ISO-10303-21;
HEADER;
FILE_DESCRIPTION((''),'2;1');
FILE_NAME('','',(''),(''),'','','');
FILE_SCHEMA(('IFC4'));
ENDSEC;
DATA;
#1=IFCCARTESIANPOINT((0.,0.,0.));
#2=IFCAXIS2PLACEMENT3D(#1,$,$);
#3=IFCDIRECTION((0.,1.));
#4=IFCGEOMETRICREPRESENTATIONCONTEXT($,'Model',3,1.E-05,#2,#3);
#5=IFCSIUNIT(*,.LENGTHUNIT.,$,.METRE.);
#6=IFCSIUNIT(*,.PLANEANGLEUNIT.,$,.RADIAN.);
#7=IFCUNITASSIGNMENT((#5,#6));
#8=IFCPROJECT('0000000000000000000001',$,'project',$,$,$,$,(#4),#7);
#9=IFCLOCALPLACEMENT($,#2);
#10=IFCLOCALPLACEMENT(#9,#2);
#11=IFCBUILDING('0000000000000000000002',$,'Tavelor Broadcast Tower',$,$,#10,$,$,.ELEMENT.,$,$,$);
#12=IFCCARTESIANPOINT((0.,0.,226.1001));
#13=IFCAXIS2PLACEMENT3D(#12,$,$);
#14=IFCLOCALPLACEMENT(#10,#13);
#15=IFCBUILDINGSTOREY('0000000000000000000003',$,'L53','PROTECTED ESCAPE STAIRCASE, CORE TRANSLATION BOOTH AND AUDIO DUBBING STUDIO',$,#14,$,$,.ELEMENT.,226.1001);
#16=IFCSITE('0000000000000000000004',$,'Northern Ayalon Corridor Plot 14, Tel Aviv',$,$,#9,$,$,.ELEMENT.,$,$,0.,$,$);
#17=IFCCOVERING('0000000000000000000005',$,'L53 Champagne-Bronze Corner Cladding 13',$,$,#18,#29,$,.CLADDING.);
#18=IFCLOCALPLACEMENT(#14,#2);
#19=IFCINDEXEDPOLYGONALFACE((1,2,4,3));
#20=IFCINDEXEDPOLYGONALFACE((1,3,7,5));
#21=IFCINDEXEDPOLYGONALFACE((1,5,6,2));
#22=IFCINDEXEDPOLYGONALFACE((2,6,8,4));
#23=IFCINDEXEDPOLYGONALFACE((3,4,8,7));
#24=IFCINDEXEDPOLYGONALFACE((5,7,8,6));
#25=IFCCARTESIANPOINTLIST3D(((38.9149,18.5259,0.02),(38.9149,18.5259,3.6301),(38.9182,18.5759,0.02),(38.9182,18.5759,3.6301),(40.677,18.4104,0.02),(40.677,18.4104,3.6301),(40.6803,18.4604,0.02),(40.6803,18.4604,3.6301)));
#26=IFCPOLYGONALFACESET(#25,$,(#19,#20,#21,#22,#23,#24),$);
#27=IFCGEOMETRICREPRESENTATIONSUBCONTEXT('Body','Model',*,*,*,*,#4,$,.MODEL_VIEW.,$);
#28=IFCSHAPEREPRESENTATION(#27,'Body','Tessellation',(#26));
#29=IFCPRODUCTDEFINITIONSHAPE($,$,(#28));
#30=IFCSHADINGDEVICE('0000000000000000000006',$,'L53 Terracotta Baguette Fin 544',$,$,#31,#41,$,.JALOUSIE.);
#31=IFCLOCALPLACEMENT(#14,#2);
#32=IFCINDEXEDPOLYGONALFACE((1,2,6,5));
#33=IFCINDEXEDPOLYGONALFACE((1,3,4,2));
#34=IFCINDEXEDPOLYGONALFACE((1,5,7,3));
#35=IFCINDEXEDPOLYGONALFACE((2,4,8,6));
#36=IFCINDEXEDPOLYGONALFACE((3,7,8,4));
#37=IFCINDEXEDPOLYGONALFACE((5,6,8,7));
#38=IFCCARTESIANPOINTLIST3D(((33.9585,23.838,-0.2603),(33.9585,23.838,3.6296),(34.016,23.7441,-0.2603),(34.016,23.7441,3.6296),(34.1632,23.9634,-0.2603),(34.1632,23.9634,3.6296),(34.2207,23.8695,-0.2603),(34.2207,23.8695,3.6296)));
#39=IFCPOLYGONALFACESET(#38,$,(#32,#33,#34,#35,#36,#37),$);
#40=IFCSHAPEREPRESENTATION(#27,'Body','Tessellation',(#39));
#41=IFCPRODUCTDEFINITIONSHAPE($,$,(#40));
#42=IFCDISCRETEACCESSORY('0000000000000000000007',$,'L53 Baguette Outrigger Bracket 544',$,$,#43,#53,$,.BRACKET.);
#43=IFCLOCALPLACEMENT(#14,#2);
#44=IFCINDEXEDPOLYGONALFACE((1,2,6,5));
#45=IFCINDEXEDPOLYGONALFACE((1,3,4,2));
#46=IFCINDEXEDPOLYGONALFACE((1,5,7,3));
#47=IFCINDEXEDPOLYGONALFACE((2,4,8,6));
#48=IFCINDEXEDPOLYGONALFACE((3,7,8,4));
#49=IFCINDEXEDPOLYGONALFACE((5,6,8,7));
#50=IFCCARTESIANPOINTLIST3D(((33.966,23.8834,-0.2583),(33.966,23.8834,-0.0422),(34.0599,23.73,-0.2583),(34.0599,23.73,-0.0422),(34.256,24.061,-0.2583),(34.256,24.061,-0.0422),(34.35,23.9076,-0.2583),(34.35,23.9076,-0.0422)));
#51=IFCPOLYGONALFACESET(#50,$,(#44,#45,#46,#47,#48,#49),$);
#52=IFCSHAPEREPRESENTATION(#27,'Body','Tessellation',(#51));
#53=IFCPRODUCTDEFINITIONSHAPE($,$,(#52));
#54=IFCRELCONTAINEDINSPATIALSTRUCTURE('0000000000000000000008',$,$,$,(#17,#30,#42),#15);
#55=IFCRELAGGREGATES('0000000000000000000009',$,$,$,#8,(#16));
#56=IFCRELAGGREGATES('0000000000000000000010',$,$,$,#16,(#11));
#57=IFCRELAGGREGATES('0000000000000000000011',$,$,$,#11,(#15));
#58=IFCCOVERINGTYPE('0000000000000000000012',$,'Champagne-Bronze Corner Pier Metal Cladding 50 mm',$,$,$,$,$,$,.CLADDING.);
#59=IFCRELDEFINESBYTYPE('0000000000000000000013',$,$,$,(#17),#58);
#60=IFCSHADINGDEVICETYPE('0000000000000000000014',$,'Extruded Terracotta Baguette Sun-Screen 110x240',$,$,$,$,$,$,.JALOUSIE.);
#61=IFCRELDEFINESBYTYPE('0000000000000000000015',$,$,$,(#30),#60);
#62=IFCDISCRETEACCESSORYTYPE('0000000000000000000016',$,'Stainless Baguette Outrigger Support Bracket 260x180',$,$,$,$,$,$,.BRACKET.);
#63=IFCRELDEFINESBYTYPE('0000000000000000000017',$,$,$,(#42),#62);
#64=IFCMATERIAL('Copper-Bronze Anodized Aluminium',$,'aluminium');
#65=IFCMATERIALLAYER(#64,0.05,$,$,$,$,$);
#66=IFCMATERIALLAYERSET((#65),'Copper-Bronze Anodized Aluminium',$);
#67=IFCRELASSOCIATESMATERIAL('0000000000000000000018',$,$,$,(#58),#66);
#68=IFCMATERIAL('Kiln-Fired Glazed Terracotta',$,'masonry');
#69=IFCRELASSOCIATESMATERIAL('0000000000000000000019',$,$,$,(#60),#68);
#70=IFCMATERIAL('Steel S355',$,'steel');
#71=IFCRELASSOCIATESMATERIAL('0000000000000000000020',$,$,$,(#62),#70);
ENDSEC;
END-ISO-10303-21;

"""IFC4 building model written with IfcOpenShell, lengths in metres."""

from ifc_helpers import new_model, si_unit, direction, frame, origin, origin_2d, place, context, subcontext, project, spatial, rectangle, extrude, source, transform, mapped, material, layer, layer_set, type_object, type_shapes, element, save


model = new_model("IFC4")

# Units and contexts
model_context = context("Model", 3, precision=1e-05, world=origin(), true_north=direction((0.0, 1.0)))
body_context = subcontext(model_context, "Body", "Model", "MODEL_VIEW")
ifc_project = project(units=[si_unit("LENGTHUNIT", "METRE"), si_unit("PLANEANGLEUNIT", "RADIAN")], contexts=[model_context])

# Site, building, storey
site_placement = place(None, origin())
site = spatial("IfcSite", under=ifc_project, at=site_placement, Name="Northern Ayalon Corridor Plot 14, Tel Aviv", CompositionType="ELEMENT", RefElevation=0.0)
building_placement = place(site_placement, origin())
building = spatial("IfcBuilding", under=site, at=building_placement, Name="Tavelor Broadcast Tower", CompositionType="ELEMENT")
storey_placement = place(building_placement, frame((0.0, 0.0, 226.1001)))
storey = spatial("IfcBuildingStorey", under=building, at=storey_placement, Name="L53", Description="PROTECTED ESCAPE STAIRCASE, CORE TRANSLATION BOOTH AND AUDIO DUBBING STUDIO", CompositionType="ELEMENT", Elevation=226.1001)

# Shared definitions
ifc_material_1 = material(Name="Steel S355", Category="steel")

# Covering
ifc_material_2 = material(Name="Copper-Bronze Anodized Aluminium", Category="aluminium")
ifc_layer_1 = layer(ifc_material_2, 0.05)
ifc_layer_set_1 = layer_set([ifc_layer_1], Name="Copper-Bronze Anodized Aluminium")
covering_type = type_object("IfcCoveringType", Name="Champagne-Bronze Corner Pier Metal Cladding 50 mm", PredefinedType="CLADDING", material=ifc_layer_set_1)
covering_placement = place(storey_placement, frame((39.7976, 18.4932, 0.02), z_axis=(0.0, 0.0, 1.0), x_axis=(0.997859, -0.065403, 0.0)))
element("IfcCovering", 1, at=covering_placement, inside=storey, type_object=covering_type, Name="L53 Champagne-Bronze Corner Cladding 13", PredefinedType="CLADDING", context=body_context, shape_type="SweptSolid", body=[
    extrude(rectangle(XDim=1.7659, YDim=0.05, at=origin_2d()), origin(), (0.0, 0.0, 1.0), 3.6101),
])

# Shading device
ifc_material_3 = material(Name="Kiln-Fired Glazed Terracotta", Category="masonry")
shading_device_type = type_object("IfcShadingDeviceType", Name="Extruded Terracotta Baguette Sun-Screen 110x240", PredefinedType="JALOUSIE", material=ifc_material_3)
shared_shape_1 = source(origin(), body_context, "Body", "SweptSolid", [
    extrude(rectangle(XDim=0.1101, YDim=0.24, at=origin_2d()), origin(), (0.0, 0.0, 1.0), 3.8899),
])
type_shapes(shading_device_type, [shared_shape_1])
shading_device_placement = place(storey_placement, frame((34.0896, 23.8538, -0.2603), z_axis=(0.0, 0.0, 1.0), x_axis=(0.522201, -0.852822, 0.0)))
element("IfcShadingDevice", 2, at=shading_device_placement, inside=storey, type_object=shading_device_type, Name="L53 Terracotta Baguette Fin 544", PredefinedType="JALOUSIE", context=body_context, shape_type="MappedRepresentation", body=[
    mapped(shared_shape_1, transform((0.0, 0.0, 0.0), scale=1.0)),
])

# Discrete accessory
discrete_accessory_type = type_object("IfcDiscreteAccessoryType", Name="Stainless Baguette Outrigger Support Bracket 260x180", PredefinedType="BRACKET", material=ifc_material_1)
shared_shape_2 = source(origin(), body_context, "Body", "SweptSolid", [
    extrude(rectangle(XDim=0.1799, YDim=0.3401, at=origin_2d()), origin(), (0.0, 0.0, 1.0), 0.2161),
])
type_shapes(discrete_accessory_type, [shared_shape_2])
discrete_accessory_placement = place(storey_placement, frame((34.158, 23.8955, -0.2583), z_axis=(0.0, 0.0, 1.0), x_axis=(0.522201, -0.852822, 0.0)))
element("IfcDiscreteAccessory", 3, at=discrete_accessory_placement, inside=storey, type_object=discrete_accessory_type, Name="L53 Baguette Outrigger Bracket 544", PredefinedType="BRACKET", context=body_context, shape_type="MappedRepresentation", body=[
    mapped(shared_shape_2, transform((0.0, 0.0, 0.0), scale=1.0)),
])

save(model, "model.ifc")
